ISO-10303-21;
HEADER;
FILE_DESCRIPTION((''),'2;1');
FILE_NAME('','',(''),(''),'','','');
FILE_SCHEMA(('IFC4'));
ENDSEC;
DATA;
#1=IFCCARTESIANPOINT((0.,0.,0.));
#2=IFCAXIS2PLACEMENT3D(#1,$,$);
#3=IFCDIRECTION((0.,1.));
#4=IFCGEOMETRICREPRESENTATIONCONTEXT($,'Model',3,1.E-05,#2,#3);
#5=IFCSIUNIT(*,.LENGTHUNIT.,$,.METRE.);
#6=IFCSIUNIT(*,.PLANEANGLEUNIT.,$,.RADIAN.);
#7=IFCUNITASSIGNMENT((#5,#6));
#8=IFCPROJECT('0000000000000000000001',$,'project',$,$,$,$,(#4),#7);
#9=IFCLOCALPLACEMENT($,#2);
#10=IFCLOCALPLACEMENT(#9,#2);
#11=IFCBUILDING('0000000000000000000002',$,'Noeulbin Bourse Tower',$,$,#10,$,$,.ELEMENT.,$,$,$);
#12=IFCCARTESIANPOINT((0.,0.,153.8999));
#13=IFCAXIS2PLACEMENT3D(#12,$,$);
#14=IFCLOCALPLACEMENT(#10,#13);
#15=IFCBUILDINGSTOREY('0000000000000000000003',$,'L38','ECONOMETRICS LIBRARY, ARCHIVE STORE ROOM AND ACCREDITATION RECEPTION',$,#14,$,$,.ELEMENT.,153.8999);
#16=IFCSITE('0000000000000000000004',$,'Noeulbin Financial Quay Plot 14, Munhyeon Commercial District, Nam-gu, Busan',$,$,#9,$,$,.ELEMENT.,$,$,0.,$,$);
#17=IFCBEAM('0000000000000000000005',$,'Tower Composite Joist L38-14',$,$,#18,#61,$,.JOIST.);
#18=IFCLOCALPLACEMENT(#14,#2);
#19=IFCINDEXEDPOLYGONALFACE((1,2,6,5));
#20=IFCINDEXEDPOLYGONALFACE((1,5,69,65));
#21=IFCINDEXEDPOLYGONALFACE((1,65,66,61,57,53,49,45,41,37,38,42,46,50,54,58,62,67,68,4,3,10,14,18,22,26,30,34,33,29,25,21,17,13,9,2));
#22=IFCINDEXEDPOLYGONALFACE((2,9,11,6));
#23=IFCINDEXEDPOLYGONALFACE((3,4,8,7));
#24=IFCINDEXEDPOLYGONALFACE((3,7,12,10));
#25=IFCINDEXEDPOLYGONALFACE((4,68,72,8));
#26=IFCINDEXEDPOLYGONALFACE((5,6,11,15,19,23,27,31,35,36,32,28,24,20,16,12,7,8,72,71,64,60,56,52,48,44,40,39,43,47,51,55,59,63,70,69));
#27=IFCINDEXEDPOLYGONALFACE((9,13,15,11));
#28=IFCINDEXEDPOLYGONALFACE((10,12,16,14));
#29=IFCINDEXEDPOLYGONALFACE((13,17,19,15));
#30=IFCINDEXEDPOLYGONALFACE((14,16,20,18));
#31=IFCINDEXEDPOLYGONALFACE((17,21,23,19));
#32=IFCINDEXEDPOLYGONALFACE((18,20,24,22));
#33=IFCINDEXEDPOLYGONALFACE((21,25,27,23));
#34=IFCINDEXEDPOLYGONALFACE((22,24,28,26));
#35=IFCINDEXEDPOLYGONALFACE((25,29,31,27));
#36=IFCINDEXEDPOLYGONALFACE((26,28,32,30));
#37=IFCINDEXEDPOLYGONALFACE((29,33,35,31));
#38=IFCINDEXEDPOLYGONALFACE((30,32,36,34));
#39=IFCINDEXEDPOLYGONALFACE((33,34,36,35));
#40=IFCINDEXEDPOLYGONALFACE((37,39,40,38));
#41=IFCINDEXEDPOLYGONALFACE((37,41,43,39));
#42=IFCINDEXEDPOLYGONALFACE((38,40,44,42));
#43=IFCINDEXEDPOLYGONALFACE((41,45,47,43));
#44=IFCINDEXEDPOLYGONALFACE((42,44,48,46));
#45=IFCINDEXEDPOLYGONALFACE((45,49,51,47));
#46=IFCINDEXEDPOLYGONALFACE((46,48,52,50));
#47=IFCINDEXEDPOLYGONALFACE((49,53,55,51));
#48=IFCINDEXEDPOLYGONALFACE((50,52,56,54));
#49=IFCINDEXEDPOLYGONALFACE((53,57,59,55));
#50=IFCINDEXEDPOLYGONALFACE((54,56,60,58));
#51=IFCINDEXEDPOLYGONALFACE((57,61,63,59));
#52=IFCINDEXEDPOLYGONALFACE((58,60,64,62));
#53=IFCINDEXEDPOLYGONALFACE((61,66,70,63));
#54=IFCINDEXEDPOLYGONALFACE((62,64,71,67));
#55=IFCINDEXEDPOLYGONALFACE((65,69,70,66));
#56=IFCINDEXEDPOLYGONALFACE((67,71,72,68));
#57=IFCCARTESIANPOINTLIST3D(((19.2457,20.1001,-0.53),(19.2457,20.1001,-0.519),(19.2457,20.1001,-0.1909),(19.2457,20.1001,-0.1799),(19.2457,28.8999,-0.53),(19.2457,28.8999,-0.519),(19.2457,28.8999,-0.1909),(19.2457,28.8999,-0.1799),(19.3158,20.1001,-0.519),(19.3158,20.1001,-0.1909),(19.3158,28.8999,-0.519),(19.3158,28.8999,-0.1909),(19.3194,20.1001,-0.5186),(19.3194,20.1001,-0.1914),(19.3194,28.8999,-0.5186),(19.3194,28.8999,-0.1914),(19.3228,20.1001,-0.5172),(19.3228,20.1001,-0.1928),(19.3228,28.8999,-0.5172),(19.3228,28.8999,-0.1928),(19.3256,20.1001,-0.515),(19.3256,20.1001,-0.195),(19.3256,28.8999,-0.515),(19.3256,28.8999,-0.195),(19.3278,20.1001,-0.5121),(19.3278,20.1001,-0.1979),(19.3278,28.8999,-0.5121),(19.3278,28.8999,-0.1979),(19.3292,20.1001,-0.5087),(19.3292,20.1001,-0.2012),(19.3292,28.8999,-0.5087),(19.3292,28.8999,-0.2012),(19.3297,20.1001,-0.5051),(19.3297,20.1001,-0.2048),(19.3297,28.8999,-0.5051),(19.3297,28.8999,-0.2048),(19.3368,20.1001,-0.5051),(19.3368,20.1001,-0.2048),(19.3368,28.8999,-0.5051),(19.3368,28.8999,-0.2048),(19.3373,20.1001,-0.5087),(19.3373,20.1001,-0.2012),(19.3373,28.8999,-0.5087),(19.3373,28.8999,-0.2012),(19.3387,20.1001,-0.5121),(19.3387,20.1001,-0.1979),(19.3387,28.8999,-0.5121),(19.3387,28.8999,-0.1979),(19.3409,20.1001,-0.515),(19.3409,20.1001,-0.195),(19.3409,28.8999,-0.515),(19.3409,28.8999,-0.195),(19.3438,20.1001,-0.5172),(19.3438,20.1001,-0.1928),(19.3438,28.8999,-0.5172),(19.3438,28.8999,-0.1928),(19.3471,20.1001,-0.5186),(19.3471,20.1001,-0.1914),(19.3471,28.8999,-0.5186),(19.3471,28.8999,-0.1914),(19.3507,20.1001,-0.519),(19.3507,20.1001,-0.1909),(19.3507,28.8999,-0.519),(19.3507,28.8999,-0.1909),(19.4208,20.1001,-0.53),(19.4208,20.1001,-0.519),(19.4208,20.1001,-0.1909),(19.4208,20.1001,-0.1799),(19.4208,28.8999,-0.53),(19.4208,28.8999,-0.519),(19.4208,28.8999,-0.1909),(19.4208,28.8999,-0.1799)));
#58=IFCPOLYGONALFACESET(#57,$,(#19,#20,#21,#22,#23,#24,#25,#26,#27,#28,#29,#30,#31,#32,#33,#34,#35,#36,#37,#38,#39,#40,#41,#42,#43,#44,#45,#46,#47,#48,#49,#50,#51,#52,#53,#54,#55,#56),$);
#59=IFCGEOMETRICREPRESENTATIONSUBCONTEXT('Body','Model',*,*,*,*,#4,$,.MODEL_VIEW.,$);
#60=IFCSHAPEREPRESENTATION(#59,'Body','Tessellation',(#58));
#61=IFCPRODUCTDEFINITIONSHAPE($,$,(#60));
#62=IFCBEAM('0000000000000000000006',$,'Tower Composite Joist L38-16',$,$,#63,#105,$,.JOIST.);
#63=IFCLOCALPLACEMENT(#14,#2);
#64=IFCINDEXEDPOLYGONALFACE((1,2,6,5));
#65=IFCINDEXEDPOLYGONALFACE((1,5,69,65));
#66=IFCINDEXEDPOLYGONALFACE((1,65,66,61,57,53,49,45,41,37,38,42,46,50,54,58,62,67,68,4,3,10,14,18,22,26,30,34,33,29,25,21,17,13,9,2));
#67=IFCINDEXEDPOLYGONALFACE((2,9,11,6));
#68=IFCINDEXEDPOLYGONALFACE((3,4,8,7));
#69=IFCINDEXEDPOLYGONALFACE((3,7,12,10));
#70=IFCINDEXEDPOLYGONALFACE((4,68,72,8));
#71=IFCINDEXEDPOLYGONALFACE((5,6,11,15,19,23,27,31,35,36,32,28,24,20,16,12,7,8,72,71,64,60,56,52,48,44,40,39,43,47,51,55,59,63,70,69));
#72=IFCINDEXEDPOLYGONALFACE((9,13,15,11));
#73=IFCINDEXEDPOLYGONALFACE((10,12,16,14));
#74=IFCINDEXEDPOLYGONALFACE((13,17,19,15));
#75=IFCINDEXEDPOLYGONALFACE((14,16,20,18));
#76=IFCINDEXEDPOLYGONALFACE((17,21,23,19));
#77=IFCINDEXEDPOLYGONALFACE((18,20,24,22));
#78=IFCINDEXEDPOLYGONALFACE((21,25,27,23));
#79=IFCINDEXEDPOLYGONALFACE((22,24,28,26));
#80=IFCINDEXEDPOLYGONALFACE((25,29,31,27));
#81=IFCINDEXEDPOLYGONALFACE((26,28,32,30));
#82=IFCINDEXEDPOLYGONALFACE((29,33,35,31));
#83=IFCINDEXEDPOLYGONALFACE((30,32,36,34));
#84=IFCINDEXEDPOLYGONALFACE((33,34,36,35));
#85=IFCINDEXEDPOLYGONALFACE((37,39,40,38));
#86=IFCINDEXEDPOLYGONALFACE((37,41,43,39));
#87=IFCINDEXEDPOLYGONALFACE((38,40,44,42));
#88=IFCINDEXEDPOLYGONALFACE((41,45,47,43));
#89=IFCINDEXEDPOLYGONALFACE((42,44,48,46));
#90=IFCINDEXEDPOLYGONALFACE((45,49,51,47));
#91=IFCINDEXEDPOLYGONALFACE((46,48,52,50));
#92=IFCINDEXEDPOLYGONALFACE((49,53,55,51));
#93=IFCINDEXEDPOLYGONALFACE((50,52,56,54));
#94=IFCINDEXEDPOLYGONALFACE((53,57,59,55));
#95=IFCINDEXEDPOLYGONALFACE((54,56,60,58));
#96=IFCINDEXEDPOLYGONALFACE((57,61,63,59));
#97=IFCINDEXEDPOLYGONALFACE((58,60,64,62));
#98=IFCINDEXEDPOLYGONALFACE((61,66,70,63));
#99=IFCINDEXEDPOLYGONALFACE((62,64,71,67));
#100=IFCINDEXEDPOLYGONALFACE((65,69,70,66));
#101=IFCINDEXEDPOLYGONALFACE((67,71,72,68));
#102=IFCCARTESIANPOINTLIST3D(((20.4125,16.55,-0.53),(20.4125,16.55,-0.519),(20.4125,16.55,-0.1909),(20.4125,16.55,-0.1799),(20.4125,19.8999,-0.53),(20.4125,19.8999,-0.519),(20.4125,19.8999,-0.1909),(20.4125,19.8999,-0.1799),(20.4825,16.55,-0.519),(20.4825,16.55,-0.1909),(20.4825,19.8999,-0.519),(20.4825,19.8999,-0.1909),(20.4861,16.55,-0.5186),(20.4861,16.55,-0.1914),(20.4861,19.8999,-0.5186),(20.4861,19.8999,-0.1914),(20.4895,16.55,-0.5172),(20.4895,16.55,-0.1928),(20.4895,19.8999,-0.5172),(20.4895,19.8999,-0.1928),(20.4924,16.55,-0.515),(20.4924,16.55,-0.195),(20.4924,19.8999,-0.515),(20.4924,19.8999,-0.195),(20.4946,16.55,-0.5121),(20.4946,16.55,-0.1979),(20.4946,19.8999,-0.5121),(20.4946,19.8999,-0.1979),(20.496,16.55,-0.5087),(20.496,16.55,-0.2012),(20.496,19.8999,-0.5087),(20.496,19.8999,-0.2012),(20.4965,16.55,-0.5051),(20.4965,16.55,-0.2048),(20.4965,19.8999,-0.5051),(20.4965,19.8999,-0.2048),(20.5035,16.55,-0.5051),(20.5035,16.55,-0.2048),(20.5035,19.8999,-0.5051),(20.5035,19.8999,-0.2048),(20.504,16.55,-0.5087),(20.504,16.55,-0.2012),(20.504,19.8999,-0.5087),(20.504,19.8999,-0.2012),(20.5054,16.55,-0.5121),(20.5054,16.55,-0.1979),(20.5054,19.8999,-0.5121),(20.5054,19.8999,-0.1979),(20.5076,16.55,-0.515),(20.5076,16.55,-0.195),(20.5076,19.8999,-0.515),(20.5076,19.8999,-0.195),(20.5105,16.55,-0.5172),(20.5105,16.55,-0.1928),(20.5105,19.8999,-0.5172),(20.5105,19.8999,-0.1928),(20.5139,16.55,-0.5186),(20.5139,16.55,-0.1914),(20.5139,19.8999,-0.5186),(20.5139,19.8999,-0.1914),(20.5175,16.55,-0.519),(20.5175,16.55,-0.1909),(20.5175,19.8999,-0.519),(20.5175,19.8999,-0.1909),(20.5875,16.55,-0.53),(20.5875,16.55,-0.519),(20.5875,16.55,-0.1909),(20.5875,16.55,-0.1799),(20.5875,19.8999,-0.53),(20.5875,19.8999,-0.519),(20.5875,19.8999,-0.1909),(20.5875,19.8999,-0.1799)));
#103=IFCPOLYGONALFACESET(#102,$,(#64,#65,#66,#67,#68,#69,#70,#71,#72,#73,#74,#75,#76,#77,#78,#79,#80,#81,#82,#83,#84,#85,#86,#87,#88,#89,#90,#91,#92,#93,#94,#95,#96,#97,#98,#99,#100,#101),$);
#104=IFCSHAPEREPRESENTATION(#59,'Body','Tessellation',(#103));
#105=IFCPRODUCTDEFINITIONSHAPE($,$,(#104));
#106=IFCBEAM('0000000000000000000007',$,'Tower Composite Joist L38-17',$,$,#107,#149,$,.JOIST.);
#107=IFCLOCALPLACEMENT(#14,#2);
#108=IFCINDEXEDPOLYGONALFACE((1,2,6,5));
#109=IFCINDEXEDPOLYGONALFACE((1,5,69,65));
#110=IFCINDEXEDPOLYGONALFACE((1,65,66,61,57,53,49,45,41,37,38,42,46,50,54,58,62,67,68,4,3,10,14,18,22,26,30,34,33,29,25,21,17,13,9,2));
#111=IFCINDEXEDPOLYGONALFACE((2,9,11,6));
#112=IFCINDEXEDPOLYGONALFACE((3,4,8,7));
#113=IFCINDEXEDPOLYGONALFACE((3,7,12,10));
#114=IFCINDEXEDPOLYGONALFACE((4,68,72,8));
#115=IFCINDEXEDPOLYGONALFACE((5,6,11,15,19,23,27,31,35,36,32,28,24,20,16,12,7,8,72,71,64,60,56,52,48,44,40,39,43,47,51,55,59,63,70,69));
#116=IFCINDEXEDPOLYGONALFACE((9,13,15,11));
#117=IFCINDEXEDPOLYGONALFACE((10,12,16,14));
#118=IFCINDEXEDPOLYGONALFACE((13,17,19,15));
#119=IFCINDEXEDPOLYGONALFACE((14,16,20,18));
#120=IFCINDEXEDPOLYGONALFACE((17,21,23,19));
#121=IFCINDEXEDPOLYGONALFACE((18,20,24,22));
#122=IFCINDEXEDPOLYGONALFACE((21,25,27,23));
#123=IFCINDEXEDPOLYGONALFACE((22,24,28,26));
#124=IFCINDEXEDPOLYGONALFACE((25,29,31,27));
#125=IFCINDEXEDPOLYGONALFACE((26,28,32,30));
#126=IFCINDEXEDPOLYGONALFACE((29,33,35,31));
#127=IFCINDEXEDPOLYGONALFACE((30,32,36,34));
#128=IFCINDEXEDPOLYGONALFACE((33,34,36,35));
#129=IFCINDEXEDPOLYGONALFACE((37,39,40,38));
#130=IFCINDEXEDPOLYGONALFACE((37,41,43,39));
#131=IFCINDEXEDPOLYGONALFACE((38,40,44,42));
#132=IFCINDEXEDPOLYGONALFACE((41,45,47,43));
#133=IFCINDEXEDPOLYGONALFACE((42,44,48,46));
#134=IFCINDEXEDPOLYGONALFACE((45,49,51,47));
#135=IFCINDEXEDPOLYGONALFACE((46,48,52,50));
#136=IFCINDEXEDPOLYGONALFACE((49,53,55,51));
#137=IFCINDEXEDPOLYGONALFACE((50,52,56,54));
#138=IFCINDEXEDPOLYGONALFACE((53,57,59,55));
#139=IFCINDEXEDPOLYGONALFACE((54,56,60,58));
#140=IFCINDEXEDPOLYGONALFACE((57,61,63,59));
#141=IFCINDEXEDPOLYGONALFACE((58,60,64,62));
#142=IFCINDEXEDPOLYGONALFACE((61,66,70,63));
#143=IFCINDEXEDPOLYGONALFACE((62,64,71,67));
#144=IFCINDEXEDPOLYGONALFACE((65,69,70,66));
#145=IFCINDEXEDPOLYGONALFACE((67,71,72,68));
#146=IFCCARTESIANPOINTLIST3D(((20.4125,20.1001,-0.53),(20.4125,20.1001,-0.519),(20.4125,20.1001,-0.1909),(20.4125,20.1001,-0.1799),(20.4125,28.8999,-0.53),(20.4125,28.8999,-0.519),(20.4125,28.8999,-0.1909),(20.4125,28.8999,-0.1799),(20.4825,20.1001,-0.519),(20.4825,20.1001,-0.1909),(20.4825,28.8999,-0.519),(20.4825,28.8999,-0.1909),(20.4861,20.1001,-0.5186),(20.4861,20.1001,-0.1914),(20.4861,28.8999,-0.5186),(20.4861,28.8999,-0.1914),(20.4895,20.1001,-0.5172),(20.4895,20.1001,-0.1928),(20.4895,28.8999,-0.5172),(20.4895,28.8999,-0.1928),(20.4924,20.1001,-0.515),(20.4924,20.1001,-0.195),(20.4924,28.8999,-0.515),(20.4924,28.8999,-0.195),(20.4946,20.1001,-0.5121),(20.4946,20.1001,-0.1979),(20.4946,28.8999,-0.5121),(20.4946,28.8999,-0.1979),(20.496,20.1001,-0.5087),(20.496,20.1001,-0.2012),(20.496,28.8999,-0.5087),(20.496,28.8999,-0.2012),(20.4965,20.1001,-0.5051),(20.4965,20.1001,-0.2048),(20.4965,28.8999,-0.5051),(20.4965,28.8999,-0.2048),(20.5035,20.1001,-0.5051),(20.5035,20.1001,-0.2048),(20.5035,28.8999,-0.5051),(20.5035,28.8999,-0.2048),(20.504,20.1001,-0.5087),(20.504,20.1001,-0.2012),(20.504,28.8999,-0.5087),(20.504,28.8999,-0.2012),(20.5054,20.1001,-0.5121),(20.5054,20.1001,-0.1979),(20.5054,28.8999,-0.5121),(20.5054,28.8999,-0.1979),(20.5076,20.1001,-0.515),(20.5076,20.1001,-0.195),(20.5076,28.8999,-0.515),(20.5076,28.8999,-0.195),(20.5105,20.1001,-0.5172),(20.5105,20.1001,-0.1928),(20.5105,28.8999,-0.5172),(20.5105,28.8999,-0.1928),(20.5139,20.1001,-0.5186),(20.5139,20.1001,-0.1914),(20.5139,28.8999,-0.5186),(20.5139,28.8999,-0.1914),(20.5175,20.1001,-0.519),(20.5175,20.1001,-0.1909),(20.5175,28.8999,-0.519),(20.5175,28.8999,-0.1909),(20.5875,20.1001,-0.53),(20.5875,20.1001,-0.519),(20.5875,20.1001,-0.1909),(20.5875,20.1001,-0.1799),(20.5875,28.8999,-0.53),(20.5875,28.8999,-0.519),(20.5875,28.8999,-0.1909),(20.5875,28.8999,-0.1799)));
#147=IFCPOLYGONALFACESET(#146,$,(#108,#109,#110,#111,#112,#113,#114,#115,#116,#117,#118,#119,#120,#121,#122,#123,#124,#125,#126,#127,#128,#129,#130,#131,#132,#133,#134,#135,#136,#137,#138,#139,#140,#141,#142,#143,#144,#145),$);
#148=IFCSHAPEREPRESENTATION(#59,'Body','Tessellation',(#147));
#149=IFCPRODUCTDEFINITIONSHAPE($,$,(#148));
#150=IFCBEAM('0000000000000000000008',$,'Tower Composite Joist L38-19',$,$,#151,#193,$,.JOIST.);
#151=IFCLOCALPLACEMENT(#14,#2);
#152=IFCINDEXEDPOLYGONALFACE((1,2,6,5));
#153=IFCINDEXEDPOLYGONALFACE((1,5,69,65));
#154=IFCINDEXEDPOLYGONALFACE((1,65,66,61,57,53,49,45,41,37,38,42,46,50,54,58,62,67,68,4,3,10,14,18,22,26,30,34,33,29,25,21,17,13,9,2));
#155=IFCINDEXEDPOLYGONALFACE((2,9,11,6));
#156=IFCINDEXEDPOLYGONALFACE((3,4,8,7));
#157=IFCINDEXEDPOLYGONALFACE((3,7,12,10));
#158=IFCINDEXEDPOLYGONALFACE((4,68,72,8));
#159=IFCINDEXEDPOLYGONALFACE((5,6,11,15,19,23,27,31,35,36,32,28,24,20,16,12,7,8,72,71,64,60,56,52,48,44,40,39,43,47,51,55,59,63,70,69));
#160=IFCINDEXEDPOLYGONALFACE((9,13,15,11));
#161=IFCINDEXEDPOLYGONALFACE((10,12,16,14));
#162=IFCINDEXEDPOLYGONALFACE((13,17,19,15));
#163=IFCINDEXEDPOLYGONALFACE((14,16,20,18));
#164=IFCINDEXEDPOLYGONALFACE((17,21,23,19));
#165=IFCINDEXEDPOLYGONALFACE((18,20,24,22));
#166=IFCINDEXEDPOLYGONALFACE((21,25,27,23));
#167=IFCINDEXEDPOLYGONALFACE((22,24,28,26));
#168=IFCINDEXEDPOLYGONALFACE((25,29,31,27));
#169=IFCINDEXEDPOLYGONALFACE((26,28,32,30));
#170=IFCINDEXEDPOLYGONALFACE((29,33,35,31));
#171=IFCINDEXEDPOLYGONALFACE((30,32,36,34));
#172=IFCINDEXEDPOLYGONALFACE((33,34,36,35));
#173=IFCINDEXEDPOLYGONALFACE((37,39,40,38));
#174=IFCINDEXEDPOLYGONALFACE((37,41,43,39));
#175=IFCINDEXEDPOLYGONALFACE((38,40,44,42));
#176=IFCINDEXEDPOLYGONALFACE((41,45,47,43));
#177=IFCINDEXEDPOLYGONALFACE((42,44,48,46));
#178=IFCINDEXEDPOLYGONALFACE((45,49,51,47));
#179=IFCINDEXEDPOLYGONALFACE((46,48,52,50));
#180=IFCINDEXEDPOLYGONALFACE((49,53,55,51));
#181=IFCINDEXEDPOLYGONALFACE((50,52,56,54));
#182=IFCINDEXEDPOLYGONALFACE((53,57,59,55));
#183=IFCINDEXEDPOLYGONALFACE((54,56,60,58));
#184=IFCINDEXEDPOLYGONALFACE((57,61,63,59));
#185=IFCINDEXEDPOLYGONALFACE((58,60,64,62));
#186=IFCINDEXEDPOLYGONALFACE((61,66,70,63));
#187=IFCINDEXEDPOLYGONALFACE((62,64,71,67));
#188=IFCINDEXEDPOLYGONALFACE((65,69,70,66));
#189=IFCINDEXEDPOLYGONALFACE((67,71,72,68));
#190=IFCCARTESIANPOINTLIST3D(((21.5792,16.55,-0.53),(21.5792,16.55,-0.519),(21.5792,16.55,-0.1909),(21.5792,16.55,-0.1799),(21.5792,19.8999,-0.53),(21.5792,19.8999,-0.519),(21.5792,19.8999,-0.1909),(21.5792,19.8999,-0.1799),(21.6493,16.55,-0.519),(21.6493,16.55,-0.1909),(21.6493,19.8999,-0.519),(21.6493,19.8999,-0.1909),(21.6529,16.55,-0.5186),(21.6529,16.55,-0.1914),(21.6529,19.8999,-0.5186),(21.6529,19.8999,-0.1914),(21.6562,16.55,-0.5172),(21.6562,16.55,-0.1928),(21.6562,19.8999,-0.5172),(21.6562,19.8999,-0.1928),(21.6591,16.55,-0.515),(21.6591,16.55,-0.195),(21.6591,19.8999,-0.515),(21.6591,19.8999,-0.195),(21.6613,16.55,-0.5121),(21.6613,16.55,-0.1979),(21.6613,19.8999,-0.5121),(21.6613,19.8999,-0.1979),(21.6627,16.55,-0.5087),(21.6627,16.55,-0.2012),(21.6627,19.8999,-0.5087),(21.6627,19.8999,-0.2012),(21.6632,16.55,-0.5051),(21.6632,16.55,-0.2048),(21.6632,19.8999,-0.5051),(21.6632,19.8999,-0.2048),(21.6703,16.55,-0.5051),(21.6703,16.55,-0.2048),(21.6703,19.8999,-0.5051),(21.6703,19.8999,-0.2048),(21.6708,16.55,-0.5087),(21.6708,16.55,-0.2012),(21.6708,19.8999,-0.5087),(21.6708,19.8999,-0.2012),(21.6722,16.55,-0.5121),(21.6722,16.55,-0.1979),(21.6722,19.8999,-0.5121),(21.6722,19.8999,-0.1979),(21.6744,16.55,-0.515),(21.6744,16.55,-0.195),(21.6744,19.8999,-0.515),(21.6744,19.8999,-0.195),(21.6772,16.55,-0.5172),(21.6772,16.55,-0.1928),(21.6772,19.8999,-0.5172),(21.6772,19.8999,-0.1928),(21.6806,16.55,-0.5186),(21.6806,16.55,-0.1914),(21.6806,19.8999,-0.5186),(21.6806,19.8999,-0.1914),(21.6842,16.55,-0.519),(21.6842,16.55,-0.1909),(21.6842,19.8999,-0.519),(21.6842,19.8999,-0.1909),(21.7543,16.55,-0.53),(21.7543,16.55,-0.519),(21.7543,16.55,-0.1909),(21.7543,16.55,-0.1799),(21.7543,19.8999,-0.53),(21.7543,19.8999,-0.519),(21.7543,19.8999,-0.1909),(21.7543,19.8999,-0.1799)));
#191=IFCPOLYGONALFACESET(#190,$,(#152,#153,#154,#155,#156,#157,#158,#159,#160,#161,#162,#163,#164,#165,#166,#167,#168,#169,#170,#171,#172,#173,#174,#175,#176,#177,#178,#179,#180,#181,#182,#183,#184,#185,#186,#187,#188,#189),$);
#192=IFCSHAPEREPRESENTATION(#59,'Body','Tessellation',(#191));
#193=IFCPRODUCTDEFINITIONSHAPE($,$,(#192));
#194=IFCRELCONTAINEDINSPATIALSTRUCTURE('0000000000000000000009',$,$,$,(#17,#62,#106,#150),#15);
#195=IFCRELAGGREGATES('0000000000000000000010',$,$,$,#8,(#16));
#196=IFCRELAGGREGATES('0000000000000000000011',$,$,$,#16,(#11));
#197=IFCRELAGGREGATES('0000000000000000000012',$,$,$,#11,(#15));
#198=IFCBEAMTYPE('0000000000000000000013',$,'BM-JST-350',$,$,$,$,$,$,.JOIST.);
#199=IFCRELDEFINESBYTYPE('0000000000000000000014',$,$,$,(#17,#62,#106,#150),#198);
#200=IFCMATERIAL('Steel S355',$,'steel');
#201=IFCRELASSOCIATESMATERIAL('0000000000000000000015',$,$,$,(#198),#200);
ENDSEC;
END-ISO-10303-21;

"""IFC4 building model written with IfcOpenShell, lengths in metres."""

from ifc_helpers import new_model, si_unit, direction, frame, origin, origin_2d, place, context, subcontext, project, spatial, i_section, extrude, material, material_profile, profile_set, type_object, element, save


model = new_model("IFC4")

# Units and contexts
model_context = context("Model", 3, precision=1e-05, world=origin(), true_north=direction((0.0, 1.0)))
body_context = subcontext(model_context, "Body", "Model", "MODEL_VIEW")
ifc_project = project(units=[si_unit("LENGTHUNIT", "METRE"), si_unit("PLANEANGLEUNIT", "RADIAN")], contexts=[model_context])

# Site, building, storey
site_placement = place(None, origin())
site = spatial("IfcSite", under=ifc_project, at=site_placement, Name="Noeulbin Financial Quay Plot 14, Munhyeon Commercial District, Nam-gu, Busan", CompositionType="ELEMENT", RefElevation=0.0)
building_placement = place(site_placement, origin())
building = spatial("IfcBuilding", under=site, at=building_placement, Name="Noeulbin Bourse Tower", CompositionType="ELEMENT")
storey_placement = place(building_placement, frame((0.0, 0.0, 153.8999)))
storey = spatial("IfcBuildingStorey", under=building, at=storey_placement, Name="L38", Description="ECONOMETRICS LIBRARY, ARCHIVE STORE ROOM AND ACCREDITATION RECEPTION", CompositionType="ELEMENT", Elevation=153.8999)

# Shared definitions
ifc_material_1 = material(Name="Steel S355", Category="steel")

# Beams
ifc_material_profile_1 = material_profile(ifc_material_1, i_section(OverallWidth=0.175, OverallDepth=0.3501, WebThickness=0.0071, FlangeThickness=0.011, FilletRadius=0.0139, at=origin_2d()), Name="H-350x175x7x11", Category="LoadBearing")
ifc_profile_set_1 = profile_set([ifc_material_profile_1], Name="Steel S355")
beam_type_1 = type_object("IfcBeamType", Name="BM-JST-350", PredefinedType="JOIST", material=ifc_profile_set_1)
beam_1_placement = place(storey_placement, frame((19.3333, 20.1001, -0.355), z_axis=(0.0, 1.0, 0.0), x_axis=(-1.0, 0.0, 0.0)))
element("IfcBeam", 1, at=beam_1_placement, inside=storey, type_object=beam_type_1, Name="Tower Composite Joist L38-14", PredefinedType="JOIST", context=body_context, shape_type="SweptSolid", body=[
    extrude(i_section(OverallWidth=0.175, OverallDepth=0.3501, WebThickness=0.0071, FlangeThickness=0.011, FilletRadius=0.0139, at=origin_2d()), origin(), (0.0, 0.0, 1.0), 8.7998),
])
beam_2_placement = place(storey_placement, frame((20.5, 16.55, -0.355), z_axis=(0.0, 1.0, 0.0), x_axis=(-1.0, 0.0, 0.0)))
element("IfcBeam", 2, at=beam_2_placement, inside=storey, type_object=beam_type_1, Name="Tower Composite Joist L38-16", PredefinedType="JOIST", context=body_context, shape_type="SweptSolid", body=[
    extrude(i_section(OverallWidth=0.175, OverallDepth=0.3501, WebThickness=0.0071, FlangeThickness=0.011, FilletRadius=0.0139, at=origin_2d()), origin(), (0.0, 0.0, 1.0), 3.3499),
])
beam_3_placement = place(storey_placement, frame((20.5, 20.1001, -0.355), z_axis=(0.0, 1.0, 0.0), x_axis=(-1.0, 0.0, 0.0)))
element("IfcBeam", 3, at=beam_3_placement, inside=storey, type_object=beam_type_1, Name="Tower Composite Joist L38-17", PredefinedType="JOIST", context=body_context, shape_type="SweptSolid", body=[
    extrude(i_section(OverallWidth=0.175, OverallDepth=0.3501, WebThickness=0.0071, FlangeThickness=0.011, FilletRadius=0.0139, at=origin_2d()), origin(), (0.0, 0.0, 1.0), 8.7998),
])
beam_4_placement = place(storey_placement, frame((21.6667, 16.55, -0.355), z_axis=(0.0, 1.0, 0.0), x_axis=(-1.0, 0.0, 0.0)))
element("IfcBeam", 4, at=beam_4_placement, inside=storey, type_object=beam_type_1, Name="Tower Composite Joist L38-19", PredefinedType="JOIST", context=body_context, shape_type="SweptSolid", body=[
    extrude(i_section(OverallWidth=0.175, OverallDepth=0.3501, WebThickness=0.0071, FlangeThickness=0.011, FilletRadius=0.0139, at=origin_2d()), origin(), (0.0, 0.0, 1.0), 3.3499),
])

save(model, "model.ifc")
